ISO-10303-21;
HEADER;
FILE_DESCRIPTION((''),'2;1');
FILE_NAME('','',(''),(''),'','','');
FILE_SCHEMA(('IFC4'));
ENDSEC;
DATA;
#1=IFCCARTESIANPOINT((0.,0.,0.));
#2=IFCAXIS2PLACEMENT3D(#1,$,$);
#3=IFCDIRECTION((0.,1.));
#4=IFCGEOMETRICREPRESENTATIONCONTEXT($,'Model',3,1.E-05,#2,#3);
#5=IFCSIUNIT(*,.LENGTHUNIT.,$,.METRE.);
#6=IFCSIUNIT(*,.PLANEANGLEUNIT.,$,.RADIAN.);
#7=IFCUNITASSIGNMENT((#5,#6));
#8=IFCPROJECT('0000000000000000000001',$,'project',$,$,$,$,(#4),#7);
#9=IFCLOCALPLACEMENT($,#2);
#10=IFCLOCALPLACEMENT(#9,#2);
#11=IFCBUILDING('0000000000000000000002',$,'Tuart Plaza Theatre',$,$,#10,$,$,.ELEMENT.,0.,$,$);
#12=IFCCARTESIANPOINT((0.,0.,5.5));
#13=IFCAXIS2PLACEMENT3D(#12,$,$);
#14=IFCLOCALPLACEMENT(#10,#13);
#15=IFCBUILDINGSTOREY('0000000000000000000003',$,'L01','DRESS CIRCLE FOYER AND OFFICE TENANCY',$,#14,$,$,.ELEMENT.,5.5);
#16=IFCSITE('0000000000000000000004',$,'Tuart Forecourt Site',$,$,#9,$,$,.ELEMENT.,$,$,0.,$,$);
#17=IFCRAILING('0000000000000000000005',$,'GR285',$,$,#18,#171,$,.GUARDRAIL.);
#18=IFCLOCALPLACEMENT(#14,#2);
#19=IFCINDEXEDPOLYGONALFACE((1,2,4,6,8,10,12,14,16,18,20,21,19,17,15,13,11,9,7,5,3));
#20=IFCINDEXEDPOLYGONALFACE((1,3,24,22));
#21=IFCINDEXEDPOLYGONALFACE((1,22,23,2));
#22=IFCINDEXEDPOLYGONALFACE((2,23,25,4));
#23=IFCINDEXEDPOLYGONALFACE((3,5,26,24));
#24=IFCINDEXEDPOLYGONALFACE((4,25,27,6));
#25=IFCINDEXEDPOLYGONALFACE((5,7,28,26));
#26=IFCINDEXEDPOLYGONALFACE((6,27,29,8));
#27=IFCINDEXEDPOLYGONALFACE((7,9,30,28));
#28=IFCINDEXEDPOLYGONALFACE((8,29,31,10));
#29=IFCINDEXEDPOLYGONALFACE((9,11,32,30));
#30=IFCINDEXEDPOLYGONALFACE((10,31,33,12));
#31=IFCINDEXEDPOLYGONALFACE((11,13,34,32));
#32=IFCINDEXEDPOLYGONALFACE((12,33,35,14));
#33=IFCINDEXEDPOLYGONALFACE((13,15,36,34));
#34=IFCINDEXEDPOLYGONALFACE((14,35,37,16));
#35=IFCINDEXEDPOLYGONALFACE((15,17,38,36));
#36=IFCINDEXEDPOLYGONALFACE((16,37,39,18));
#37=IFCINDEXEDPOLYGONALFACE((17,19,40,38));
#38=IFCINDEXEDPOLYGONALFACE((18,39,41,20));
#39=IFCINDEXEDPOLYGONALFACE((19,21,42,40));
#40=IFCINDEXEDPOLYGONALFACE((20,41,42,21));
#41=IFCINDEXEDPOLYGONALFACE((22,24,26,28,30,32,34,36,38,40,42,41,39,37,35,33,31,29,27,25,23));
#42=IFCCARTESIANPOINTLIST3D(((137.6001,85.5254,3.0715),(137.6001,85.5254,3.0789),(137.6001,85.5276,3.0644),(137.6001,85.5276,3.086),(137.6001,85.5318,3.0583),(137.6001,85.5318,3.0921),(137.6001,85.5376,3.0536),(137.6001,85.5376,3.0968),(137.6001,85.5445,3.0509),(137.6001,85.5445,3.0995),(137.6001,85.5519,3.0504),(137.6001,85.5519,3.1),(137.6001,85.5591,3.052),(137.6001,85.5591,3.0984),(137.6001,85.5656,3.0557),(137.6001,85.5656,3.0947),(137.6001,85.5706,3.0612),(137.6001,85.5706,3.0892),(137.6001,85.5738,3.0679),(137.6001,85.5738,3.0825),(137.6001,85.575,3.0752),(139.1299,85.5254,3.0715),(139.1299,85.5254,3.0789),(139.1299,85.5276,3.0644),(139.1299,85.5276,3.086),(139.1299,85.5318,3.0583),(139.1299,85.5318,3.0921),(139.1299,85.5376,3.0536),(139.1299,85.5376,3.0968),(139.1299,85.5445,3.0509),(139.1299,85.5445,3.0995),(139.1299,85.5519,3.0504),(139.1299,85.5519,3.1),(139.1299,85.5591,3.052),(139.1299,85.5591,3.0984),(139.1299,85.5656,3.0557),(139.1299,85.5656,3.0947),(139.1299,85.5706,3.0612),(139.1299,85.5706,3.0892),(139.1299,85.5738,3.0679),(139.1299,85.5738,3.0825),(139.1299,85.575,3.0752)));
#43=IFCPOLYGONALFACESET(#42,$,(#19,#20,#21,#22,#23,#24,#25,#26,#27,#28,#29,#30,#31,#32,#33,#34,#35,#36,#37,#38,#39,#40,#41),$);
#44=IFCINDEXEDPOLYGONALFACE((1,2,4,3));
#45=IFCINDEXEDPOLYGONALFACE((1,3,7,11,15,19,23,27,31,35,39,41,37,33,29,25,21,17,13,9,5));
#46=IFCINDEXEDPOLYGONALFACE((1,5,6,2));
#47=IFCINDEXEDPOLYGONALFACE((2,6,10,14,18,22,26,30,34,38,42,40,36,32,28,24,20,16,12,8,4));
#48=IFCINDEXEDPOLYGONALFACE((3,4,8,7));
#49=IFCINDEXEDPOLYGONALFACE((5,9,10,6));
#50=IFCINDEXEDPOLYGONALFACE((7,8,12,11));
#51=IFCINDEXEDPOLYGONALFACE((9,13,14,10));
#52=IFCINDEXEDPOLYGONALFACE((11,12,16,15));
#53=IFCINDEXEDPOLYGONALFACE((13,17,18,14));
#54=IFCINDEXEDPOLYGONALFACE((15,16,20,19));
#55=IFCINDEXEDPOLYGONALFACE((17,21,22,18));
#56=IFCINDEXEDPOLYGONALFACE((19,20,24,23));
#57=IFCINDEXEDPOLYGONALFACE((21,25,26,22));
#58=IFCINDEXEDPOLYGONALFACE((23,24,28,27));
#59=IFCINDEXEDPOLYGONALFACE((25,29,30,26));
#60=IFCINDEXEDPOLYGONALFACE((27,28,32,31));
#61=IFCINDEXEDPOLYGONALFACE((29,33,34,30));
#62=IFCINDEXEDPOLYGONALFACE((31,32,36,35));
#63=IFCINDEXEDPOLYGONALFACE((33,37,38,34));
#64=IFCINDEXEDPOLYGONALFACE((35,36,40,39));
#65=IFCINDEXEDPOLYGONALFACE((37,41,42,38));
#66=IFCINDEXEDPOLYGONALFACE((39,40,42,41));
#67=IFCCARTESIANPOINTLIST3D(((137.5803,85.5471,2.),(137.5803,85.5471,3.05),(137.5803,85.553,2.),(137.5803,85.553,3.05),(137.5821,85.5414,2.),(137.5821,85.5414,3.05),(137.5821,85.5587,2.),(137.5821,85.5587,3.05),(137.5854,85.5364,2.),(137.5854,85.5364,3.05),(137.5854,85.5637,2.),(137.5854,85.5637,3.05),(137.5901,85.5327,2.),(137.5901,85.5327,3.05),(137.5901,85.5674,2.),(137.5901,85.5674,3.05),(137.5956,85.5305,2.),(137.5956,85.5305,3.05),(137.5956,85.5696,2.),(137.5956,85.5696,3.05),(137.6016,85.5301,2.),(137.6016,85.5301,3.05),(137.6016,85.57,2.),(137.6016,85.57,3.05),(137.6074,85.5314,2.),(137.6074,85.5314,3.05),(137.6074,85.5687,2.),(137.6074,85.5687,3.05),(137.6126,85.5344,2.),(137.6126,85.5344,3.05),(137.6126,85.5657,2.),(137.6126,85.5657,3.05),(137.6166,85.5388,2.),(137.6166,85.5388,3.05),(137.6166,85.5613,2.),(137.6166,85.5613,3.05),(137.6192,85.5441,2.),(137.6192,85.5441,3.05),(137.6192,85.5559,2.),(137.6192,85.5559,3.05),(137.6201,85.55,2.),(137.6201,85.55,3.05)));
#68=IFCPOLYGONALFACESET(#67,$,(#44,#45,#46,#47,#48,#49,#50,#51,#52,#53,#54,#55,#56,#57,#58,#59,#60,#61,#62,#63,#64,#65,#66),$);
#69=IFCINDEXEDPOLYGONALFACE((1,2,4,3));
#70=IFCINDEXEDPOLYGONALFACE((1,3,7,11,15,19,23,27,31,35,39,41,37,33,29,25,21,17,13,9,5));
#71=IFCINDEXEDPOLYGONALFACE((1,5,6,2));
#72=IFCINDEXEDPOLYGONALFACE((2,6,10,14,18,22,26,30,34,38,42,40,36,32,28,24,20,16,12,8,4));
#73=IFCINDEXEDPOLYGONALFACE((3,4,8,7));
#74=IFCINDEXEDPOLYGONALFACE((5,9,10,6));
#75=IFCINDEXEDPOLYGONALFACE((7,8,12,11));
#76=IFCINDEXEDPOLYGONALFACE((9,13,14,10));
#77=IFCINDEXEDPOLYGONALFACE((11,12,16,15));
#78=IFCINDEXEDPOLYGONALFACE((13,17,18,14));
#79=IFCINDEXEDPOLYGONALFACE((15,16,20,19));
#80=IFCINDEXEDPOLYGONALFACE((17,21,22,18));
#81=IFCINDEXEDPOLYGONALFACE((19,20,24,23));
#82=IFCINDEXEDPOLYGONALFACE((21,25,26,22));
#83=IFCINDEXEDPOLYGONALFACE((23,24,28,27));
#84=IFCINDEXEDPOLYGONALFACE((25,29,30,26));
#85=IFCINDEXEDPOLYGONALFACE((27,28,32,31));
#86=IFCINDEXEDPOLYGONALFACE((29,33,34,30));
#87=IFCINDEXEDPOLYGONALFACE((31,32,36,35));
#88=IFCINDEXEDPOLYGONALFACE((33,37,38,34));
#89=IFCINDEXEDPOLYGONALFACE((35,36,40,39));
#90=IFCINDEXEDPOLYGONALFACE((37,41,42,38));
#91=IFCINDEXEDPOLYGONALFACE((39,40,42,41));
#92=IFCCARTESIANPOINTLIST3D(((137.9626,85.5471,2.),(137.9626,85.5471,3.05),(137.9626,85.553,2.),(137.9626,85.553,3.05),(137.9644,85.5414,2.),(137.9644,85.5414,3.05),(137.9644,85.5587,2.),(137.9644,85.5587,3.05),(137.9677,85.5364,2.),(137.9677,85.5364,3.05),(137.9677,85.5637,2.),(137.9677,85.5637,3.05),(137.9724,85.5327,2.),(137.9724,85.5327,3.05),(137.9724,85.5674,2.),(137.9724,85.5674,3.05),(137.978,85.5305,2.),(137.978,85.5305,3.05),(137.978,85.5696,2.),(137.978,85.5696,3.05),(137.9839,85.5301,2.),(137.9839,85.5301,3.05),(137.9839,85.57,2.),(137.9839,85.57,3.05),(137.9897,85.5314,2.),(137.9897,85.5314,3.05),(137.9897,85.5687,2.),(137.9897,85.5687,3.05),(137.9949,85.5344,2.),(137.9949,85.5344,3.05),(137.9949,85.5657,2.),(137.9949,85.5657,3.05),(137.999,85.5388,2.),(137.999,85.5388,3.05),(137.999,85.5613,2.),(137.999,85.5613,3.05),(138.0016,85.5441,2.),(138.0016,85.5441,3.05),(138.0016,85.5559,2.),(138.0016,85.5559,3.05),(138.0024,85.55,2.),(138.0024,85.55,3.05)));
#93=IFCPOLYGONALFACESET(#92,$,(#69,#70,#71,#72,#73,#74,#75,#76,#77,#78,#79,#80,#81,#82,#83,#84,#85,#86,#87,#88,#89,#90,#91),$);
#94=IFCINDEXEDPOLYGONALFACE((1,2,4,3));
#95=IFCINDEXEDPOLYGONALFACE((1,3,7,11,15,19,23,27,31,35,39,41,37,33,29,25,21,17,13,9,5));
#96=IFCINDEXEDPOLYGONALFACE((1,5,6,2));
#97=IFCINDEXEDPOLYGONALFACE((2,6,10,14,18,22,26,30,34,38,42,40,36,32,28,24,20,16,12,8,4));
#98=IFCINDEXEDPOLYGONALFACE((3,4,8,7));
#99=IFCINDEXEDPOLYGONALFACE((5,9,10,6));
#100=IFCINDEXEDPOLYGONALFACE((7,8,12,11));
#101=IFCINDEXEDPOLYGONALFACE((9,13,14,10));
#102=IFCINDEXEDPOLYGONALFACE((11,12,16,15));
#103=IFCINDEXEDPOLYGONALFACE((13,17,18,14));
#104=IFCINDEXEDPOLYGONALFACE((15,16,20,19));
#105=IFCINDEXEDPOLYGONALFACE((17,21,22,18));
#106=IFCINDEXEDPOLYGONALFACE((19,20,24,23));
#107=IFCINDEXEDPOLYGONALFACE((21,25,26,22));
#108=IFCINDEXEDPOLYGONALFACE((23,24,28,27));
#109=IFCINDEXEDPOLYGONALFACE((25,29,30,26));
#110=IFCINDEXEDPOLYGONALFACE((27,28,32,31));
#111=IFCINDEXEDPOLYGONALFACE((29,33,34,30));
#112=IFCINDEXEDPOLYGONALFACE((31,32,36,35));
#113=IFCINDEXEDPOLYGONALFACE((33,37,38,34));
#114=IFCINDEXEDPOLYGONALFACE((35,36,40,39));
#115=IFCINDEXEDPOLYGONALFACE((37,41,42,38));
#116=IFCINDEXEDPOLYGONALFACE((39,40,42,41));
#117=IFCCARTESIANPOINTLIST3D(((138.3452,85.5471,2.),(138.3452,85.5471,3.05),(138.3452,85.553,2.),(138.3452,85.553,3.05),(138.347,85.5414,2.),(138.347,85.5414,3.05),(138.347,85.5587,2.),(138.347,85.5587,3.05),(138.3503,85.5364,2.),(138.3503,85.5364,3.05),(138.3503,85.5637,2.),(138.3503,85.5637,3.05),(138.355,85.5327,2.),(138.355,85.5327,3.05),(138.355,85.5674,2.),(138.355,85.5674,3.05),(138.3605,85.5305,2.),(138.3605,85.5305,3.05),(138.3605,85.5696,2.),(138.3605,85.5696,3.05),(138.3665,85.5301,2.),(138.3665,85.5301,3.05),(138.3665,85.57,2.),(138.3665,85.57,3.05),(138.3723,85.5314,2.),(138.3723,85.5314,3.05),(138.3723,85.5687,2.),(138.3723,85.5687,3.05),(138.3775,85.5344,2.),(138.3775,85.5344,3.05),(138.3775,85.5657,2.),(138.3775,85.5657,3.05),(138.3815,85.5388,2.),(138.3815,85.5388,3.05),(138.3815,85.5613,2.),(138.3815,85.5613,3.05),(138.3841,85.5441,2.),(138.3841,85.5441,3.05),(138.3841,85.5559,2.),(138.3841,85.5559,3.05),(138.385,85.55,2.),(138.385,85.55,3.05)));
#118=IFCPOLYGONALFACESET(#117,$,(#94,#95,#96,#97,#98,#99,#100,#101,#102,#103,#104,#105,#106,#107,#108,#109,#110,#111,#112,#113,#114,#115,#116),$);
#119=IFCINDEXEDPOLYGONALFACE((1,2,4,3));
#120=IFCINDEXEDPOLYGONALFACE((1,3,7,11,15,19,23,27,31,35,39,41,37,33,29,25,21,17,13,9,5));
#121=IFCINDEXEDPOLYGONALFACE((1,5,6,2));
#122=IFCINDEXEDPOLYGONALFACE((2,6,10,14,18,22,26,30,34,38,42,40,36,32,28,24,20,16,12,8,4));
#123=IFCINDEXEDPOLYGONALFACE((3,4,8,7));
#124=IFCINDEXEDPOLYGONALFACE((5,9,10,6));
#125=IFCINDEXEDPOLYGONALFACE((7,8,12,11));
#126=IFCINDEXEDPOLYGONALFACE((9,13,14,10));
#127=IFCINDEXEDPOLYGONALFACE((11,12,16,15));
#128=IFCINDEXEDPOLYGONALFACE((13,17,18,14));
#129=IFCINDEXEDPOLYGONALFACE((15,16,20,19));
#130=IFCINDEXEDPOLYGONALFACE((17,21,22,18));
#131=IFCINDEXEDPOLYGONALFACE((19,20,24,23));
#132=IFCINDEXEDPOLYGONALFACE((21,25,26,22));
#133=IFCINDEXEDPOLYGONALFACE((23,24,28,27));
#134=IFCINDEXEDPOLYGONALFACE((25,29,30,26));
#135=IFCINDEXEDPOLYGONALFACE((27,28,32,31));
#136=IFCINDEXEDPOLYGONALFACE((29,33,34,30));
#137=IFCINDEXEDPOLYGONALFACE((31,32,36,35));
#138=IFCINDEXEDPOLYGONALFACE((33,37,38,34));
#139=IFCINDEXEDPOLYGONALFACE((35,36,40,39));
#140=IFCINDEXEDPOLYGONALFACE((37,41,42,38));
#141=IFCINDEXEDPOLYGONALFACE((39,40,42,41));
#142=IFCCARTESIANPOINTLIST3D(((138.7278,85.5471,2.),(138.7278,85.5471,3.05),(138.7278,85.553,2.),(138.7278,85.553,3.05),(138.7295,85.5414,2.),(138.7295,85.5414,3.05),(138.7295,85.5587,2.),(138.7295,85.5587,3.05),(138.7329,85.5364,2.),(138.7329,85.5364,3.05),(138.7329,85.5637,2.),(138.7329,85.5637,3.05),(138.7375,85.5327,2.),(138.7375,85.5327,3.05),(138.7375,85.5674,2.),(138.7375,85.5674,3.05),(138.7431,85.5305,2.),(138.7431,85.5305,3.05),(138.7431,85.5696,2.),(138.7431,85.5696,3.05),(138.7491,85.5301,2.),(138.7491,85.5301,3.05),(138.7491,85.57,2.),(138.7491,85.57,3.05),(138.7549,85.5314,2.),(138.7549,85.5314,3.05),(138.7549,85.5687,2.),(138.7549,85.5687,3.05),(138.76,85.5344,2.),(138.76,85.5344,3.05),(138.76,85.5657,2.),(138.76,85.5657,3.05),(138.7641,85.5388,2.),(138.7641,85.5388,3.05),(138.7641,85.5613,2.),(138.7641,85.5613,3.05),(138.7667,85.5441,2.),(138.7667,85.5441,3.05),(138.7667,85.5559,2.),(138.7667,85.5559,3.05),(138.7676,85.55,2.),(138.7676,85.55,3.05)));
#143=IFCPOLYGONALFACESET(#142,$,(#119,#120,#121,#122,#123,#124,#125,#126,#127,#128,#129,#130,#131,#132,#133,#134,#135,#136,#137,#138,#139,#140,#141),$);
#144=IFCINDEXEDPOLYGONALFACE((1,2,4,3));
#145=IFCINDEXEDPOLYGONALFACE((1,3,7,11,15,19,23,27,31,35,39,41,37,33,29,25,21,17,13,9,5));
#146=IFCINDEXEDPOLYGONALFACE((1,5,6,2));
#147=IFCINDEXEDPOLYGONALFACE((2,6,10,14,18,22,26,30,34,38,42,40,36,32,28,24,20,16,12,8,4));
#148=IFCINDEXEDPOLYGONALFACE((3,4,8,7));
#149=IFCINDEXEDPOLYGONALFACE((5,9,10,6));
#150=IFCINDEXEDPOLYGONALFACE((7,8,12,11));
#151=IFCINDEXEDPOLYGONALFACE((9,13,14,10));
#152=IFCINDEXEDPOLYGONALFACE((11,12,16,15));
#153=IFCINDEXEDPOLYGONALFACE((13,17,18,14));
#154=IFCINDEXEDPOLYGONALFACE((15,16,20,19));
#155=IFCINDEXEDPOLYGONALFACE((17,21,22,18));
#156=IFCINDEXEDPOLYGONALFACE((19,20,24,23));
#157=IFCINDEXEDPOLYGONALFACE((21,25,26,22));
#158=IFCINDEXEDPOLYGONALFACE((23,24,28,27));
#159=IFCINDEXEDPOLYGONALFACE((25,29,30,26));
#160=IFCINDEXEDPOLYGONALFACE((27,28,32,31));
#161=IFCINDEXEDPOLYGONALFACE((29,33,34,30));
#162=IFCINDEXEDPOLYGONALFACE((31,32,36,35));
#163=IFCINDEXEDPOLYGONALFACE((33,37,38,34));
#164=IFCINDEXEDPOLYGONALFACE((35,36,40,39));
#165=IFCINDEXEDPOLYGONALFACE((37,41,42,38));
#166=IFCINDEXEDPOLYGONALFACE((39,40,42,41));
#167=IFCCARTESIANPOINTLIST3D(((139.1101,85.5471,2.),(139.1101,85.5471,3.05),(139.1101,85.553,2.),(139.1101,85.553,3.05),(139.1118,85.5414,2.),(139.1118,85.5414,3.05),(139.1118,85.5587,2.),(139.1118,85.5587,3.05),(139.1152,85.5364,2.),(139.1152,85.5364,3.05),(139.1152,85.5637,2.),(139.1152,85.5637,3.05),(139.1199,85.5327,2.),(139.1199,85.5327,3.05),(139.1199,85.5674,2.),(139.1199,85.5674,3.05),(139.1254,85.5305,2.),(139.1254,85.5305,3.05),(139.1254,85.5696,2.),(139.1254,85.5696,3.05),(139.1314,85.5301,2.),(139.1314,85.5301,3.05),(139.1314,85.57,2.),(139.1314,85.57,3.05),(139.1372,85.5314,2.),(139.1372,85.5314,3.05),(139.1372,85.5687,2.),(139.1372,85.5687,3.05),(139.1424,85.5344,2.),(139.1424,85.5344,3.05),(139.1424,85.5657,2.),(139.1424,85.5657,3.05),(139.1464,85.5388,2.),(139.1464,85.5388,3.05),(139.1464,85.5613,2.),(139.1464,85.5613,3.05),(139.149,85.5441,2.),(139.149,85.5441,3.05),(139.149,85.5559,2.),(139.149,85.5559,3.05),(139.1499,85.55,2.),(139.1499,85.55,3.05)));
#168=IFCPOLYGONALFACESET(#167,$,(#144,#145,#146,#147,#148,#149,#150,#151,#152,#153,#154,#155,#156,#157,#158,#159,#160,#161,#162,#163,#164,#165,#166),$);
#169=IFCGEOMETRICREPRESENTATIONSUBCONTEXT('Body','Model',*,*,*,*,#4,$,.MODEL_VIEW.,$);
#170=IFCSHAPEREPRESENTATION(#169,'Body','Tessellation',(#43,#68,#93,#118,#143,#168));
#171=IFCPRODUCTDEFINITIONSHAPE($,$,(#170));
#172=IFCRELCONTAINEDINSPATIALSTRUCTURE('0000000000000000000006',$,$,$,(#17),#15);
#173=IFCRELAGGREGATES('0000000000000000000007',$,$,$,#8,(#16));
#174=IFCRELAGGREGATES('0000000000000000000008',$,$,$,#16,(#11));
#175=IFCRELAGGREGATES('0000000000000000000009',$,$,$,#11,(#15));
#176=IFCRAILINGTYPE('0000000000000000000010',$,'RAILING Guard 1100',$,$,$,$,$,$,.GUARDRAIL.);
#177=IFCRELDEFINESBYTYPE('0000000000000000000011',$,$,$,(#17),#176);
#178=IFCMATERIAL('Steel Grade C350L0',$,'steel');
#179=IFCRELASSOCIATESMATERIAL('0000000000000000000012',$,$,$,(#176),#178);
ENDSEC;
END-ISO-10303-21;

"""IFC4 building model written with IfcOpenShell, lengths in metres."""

from ifc_helpers import new_model, si_unit, direction, frame, origin, origin_2d, place, context, subcontext, project, spatial, circle, extrude, material, type_object, element, save


model = new_model("IFC4")

# Units and contexts
model_context = context("Model", 3, precision=1e-05, world=origin(), true_north=direction((0.0, 1.0)))
body_context = subcontext(model_context, "Body", "Model", "MODEL_VIEW")
ifc_project = project(units=[si_unit("LENGTHUNIT", "METRE"), si_unit("PLANEANGLEUNIT", "RADIAN")], contexts=[model_context])

# Site, building, storey
site_placement = place(None, origin())
site = spatial("IfcSite", under=ifc_project, at=site_placement, Name="Tuart Forecourt Site", CompositionType="ELEMENT", RefElevation=0.0)
building_placement = place(site_placement, origin())
building = spatial("IfcBuilding", under=site, at=building_placement, Name="Tuart Plaza Theatre", CompositionType="ELEMENT", ElevationOfRefHeight=0.0)
storey_placement = place(building_placement, frame((0.0, 0.0, 5.5)))
storey = spatial("IfcBuildingStorey", under=building, at=storey_placement, Name="L01", Description="DRESS CIRCLE FOYER AND OFFICE TENANCY", CompositionType="ELEMENT", Elevation=5.5)

# Railing
ifc_material_1 = material(Name="Steel Grade C350L0", Category="steel")
railing_type_1 = type_object("IfcRailingType", Name="RAILING Guard 1100", PredefinedType="GUARDRAIL", material=ifc_material_1)
railing_1_placement = place(storey_placement, frame((137.6001, 85.55, 2.0)))
element("IfcRailing", 1, at=railing_1_placement, inside=storey, type_object=railing_type_1, Name="GR285", PredefinedType="GUARDRAIL", context=body_context, shape_type="SweptSolid", body=[
    extrude(circle(Radius=0.0249, at=origin_2d()), frame((0.0, 0.0, 1.0752), z_axis=(1.0, 0.0, 0.0), x_axis=(0.0, 1.0, 0.0)), (0.0, 0.0, 1.0), 1.5298),
    extrude(circle(Radius=0.02, at=origin_2d()), origin(), (0.0, 0.0, 1.0), 1.05),
    extrude(circle(Radius=0.02, at=origin_2d()), frame((0.3823, 0.0, 0.0)), (0.0, 0.0, 1.0), 1.05),
    extrude(circle(Radius=0.02, at=origin_2d()), frame((0.7649, 0.0, 0.0)), (0.0, 0.0, 1.0), 1.05),
    extrude(circle(Radius=0.02, at=origin_2d()), frame((1.1475, 0.0, 0.0)), (0.0, 0.0, 1.0), 1.05),
    extrude(circle(Radius=0.02, at=origin_2d()), frame((1.5298, 0.0, 0.0)), (0.0, 0.0, 1.0), 1.05),
])

save(model, "model.ifc")
